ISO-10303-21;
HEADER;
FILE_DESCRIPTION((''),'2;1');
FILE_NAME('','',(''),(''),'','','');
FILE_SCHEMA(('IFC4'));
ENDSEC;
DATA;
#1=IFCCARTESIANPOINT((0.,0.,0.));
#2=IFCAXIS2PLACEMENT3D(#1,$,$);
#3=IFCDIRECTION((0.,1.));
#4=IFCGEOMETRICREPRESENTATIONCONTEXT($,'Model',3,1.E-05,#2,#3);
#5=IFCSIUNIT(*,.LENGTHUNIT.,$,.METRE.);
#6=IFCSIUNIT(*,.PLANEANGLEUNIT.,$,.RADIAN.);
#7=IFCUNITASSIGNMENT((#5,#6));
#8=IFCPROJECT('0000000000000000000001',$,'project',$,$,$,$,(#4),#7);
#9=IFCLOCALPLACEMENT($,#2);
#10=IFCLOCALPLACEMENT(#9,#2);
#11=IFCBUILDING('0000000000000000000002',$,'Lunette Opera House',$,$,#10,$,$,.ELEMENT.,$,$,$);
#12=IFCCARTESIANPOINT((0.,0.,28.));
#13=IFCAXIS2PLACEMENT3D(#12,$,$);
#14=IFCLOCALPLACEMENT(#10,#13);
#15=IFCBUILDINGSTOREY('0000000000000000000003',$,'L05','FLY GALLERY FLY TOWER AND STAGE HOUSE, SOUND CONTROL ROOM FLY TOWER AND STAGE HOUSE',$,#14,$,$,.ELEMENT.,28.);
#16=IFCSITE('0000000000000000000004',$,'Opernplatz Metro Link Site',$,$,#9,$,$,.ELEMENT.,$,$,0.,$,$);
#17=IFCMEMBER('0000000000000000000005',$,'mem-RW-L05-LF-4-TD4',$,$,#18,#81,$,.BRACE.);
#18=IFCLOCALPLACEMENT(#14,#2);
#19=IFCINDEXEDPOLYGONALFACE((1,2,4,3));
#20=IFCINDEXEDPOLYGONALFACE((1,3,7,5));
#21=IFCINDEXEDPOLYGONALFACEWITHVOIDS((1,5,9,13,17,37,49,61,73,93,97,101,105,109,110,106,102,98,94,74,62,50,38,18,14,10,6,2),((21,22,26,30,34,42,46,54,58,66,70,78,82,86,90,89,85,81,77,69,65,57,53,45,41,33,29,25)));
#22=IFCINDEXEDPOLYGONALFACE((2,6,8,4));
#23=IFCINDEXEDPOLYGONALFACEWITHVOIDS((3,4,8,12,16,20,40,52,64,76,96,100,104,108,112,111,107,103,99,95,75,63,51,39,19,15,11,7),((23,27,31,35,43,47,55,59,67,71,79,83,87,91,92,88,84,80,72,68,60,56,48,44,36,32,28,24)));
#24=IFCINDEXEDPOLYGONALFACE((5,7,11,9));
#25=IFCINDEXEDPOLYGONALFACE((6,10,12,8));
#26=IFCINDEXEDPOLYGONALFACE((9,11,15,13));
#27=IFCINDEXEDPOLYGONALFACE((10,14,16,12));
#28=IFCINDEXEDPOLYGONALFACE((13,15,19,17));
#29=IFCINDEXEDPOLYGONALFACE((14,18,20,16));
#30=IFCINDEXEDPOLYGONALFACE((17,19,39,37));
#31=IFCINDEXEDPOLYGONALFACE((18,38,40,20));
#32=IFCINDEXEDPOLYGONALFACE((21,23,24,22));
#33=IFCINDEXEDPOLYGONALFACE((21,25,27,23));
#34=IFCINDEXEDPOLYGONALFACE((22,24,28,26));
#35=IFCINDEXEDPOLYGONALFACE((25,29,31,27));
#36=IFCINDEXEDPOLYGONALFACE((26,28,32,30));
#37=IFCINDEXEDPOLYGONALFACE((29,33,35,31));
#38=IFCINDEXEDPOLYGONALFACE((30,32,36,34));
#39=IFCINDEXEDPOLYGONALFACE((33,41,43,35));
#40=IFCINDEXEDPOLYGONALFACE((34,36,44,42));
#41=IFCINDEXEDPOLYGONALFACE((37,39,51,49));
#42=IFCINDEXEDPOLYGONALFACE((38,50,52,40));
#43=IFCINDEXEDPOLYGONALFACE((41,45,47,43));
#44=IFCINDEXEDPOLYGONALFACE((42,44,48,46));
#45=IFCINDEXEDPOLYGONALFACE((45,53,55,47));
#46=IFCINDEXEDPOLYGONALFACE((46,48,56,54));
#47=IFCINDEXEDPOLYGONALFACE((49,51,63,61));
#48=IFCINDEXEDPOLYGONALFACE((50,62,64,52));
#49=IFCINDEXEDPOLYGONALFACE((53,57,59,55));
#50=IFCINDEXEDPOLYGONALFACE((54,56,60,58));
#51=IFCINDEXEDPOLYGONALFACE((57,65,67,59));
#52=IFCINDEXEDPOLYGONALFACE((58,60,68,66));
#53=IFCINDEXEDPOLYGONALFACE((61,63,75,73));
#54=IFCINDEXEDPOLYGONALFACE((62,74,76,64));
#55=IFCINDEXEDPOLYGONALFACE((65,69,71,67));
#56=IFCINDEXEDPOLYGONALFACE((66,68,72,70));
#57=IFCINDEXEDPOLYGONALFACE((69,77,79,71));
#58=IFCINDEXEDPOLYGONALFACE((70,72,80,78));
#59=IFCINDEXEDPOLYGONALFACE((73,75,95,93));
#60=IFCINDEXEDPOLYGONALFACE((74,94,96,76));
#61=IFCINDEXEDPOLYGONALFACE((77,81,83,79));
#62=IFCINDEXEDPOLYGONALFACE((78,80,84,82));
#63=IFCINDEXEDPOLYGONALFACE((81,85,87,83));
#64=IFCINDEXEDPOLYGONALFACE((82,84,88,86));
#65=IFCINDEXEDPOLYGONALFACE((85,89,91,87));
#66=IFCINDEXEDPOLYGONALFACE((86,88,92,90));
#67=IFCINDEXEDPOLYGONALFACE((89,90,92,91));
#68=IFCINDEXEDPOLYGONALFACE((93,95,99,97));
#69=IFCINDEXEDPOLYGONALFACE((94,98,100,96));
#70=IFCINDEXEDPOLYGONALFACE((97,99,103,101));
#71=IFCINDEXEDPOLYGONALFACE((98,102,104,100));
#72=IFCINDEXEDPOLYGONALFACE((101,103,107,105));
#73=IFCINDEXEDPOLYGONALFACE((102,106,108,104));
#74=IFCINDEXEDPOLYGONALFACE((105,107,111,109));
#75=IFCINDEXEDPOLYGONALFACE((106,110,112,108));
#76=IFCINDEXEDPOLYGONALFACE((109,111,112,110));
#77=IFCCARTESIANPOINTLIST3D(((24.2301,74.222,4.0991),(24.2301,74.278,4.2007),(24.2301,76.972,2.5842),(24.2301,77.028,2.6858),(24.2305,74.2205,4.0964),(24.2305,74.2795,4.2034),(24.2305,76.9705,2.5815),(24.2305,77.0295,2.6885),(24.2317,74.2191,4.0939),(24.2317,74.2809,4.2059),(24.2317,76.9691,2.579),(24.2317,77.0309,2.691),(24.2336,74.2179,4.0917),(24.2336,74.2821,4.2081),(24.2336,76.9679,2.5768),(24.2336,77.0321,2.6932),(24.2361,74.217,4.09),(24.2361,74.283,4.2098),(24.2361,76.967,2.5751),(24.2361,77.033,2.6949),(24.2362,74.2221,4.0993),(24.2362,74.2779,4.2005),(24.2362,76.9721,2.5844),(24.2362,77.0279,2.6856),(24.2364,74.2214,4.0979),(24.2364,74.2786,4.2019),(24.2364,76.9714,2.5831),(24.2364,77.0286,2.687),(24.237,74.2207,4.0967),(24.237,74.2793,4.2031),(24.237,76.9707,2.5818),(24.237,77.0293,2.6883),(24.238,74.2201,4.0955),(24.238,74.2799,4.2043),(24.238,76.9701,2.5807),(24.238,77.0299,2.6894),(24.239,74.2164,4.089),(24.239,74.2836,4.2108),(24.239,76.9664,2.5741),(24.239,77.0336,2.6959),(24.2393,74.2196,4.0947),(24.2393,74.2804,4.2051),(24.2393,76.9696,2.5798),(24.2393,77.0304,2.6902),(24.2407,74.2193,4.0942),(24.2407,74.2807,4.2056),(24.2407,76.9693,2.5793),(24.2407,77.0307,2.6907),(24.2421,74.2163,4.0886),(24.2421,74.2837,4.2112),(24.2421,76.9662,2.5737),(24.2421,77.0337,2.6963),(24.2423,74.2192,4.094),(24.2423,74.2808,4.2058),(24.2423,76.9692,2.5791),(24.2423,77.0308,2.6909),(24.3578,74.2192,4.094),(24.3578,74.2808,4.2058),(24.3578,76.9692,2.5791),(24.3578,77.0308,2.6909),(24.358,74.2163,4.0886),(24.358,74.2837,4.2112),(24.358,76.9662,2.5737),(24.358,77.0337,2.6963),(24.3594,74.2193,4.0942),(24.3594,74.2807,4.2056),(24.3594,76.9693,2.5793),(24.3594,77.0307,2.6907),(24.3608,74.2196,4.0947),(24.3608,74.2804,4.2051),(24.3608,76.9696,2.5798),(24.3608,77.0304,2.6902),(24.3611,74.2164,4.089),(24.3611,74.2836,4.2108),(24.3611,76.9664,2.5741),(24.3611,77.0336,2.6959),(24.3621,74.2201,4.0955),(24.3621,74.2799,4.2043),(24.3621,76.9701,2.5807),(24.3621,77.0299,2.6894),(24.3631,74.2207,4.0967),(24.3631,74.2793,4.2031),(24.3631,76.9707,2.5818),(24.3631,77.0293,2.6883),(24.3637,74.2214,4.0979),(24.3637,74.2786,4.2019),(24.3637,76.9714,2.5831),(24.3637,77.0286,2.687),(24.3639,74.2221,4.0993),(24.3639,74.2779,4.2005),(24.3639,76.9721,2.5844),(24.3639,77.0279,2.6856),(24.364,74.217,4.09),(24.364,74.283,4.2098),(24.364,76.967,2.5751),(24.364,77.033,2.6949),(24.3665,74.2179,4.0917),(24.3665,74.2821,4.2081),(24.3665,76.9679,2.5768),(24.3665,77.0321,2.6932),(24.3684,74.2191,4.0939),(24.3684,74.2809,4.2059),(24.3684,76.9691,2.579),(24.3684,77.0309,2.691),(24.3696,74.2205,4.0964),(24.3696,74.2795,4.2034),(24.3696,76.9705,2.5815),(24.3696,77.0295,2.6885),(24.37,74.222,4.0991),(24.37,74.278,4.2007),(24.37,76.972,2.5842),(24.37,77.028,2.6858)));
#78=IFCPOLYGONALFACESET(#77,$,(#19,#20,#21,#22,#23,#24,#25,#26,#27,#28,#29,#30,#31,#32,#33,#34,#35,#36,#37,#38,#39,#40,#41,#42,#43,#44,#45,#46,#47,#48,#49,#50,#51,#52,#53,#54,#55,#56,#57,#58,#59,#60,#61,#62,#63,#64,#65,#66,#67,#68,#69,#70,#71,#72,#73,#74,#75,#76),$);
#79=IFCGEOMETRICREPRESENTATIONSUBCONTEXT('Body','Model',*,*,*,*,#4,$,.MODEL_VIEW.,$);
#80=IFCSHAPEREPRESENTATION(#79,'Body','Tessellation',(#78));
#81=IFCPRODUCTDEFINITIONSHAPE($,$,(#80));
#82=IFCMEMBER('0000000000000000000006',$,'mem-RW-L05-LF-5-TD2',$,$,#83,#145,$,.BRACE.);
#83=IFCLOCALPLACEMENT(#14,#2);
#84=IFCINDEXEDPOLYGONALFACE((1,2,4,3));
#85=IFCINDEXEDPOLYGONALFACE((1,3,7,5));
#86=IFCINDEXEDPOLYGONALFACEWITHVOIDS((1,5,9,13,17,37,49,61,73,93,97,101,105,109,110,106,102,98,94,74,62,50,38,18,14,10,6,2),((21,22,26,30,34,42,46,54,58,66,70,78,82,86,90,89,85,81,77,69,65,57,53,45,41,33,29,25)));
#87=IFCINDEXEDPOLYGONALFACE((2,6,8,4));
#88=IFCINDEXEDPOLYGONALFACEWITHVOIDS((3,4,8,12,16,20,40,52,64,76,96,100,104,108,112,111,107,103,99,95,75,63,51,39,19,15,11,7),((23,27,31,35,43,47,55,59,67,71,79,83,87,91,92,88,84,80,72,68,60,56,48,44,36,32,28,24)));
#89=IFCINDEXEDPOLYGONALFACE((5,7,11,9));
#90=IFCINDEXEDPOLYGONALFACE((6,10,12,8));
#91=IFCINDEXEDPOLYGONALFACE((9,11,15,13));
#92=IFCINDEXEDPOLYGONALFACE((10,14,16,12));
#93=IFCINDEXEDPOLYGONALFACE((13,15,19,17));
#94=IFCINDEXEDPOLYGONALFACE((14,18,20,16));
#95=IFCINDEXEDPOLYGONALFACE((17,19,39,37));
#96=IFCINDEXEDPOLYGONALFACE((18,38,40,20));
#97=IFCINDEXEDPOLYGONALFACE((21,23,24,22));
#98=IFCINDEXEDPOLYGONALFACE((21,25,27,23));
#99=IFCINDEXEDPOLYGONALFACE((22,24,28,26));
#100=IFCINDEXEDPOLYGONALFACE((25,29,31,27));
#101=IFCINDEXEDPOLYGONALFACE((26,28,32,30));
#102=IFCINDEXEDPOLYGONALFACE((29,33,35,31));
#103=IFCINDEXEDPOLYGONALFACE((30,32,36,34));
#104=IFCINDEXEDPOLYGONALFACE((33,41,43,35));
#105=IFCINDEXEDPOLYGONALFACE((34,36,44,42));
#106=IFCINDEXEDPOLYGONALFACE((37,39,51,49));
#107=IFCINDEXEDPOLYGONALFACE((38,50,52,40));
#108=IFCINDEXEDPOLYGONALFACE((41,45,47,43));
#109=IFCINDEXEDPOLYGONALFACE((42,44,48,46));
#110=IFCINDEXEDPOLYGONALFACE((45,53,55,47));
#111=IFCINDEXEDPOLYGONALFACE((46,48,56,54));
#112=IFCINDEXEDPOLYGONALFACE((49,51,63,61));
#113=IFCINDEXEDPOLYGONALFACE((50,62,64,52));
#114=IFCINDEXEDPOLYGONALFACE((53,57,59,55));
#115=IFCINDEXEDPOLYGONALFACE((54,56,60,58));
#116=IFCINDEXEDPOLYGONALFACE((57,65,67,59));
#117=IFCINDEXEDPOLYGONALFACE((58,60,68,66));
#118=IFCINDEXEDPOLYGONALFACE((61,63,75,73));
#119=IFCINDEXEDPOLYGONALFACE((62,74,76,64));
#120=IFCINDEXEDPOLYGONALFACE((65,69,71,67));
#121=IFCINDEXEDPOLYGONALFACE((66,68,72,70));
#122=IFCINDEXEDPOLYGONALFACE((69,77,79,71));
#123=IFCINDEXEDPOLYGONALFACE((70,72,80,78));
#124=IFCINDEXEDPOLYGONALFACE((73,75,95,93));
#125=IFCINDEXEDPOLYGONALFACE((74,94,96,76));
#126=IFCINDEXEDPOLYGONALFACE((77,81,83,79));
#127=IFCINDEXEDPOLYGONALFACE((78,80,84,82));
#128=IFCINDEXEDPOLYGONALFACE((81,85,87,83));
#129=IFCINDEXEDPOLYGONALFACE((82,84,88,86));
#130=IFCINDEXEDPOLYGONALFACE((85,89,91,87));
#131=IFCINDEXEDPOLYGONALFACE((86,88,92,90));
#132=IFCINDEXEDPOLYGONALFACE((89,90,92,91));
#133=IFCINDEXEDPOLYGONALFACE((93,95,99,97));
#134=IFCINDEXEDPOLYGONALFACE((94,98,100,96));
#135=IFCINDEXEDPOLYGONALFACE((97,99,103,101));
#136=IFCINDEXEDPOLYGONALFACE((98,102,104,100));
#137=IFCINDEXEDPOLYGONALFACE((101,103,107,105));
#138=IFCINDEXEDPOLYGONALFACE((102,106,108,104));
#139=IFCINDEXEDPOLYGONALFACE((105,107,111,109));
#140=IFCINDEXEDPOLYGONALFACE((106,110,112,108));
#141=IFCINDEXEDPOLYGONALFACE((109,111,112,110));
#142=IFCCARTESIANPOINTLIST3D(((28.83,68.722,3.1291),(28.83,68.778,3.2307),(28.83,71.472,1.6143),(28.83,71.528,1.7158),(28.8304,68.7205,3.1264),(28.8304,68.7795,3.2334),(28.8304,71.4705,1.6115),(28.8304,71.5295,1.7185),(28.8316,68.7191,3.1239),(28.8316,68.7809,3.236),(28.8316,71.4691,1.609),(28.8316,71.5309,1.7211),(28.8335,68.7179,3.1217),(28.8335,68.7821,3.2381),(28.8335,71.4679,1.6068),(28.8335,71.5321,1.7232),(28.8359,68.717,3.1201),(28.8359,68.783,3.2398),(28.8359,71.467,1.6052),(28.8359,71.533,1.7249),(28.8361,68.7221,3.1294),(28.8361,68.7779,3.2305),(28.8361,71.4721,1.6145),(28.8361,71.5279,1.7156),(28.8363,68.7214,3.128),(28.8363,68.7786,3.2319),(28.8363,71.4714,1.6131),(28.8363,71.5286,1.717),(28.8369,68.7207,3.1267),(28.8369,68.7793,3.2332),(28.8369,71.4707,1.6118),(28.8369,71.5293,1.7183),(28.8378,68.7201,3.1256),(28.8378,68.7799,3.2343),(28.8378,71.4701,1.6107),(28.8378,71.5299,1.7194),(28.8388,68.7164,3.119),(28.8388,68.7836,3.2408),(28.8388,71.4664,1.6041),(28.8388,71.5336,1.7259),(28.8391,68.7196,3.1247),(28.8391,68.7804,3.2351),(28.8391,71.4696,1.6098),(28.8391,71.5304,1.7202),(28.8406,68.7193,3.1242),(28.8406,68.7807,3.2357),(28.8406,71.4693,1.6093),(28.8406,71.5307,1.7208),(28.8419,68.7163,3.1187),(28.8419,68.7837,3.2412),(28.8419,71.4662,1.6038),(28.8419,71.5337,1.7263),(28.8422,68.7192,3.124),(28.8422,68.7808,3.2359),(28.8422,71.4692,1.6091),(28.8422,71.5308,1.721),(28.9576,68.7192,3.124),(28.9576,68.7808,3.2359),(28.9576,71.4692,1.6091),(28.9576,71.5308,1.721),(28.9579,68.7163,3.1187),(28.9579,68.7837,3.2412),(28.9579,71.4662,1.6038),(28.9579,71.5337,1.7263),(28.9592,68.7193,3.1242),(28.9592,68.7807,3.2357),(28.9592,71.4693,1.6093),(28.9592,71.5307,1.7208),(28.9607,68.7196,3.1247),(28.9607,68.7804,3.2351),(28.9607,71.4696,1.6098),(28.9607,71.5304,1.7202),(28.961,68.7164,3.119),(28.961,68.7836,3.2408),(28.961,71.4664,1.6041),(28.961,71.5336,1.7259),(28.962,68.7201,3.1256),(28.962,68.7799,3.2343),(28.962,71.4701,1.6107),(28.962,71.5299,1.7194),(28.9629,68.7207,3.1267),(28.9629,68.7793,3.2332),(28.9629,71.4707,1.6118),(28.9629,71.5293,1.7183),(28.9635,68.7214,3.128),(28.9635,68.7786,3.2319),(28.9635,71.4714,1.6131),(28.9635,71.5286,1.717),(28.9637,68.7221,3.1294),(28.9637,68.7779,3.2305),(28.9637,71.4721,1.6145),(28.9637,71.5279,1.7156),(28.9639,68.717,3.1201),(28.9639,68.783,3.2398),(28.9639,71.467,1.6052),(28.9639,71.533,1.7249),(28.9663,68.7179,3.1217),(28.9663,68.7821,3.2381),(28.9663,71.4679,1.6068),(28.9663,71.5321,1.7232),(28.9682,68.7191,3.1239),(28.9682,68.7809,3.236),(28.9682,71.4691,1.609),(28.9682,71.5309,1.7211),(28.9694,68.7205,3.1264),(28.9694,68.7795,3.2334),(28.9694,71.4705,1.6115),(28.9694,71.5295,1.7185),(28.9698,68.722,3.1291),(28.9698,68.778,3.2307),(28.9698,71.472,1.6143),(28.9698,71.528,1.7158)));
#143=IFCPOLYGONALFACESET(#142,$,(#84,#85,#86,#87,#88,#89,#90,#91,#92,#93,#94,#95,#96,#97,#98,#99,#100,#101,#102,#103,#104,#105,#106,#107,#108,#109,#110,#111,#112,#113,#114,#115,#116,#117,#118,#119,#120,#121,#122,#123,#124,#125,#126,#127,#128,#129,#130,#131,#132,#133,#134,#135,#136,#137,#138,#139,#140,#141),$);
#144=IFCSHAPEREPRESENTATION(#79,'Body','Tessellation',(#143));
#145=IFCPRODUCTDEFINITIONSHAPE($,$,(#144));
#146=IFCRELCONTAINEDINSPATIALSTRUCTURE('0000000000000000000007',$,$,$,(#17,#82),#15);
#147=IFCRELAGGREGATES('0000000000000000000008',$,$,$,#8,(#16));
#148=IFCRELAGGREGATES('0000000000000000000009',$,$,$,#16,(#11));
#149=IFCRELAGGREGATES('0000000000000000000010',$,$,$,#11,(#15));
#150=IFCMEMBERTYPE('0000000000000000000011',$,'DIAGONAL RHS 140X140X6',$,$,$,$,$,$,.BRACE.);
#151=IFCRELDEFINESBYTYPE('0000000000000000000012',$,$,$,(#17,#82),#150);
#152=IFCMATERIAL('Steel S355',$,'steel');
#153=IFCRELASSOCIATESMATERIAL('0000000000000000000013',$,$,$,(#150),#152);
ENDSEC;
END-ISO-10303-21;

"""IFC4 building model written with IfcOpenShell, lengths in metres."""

from ifc_helpers import new_model, si_unit, direction, frame, origin, origin_2d, place, context, subcontext, project, spatial, hollow_rectangle, extrude, material, material_profile, profile_set, type_object, element, save


model = new_model("IFC4")

# Units and contexts
model_context = context("Model", 3, precision=1e-05, world=origin(), true_north=direction((0.0, 1.0)))
body_context = subcontext(model_context, "Body", "Model", "MODEL_VIEW")
ifc_project = project(units=[si_unit("LENGTHUNIT", "METRE"), si_unit("PLANEANGLEUNIT", "RADIAN")], contexts=[model_context])

# Site, building, storey
site_placement = place(None, origin())
site = spatial("IfcSite", under=ifc_project, at=site_placement, Name="Opernplatz Metro Link Site", CompositionType="ELEMENT", RefElevation=0.0)
building_placement = place(site_placement, origin())
building = spatial("IfcBuilding", under=site, at=building_placement, Name="Lunette Opera House", CompositionType="ELEMENT")
storey_placement = place(building_placement, frame((0.0, 0.0, 28.0)))
storey = spatial("IfcBuildingStorey", under=building, at=storey_placement, Name="L05", Description="FLY GALLERY FLY TOWER AND STAGE HOUSE, SOUND CONTROL ROOM FLY TOWER AND STAGE HOUSE", CompositionType="ELEMENT", Elevation=28.0)

# Members
ifc_material_1 = material(Name="Steel S355", Category="steel")
ifc_material_profile_1 = material_profile(ifc_material_1, hollow_rectangle(XDim=0.1399, YDim=0.1399, WallThickness=0.0061, InnerFilletRadius=0.0061, OuterFilletRadius=0.012, at=origin_2d()), Name="RHS 140X140X6")
ifc_profile_set_1 = profile_set([ifc_material_profile_1], Name="Steel S355")
member_type_1 = type_object("IfcMemberType", Name="DIAGONAL RHS 140X140X6", PredefinedType="BRACE", material=ifc_profile_set_1)
for number, where, z_axis, x_axis, name in (
    (1, (24.3, 74.25, 4.1499), (0.0, 0.875894, -0.482504), (-1.0, 0.0, 0.0), "mem-RW-L05-LF-4-TD4"),
    (2, (28.8999, 68.75, 3.1799), (0.0, 0.875894, -0.482504), (-1.0, 0.0, 0.0), "mem-RW-L05-LF-5-TD2"),
):
    element("IfcMember", number, at=place(storey_placement, frame(where, z_axis=z_axis, x_axis=x_axis)), inside=storey, type_object=member_type_1, Name=name, PredefinedType="BRACE", context=body_context, shape_type="SweptSolid", body=[
        extrude(hollow_rectangle(XDim=0.1399, YDim=0.1399, WallThickness=0.0061, InnerFilletRadius=0.0061, OuterFilletRadius=0.012, at=origin_2d()), origin(), (0.0, 0.0, 1.0), 3.1396),
    ])

save(model, "model.ifc")
